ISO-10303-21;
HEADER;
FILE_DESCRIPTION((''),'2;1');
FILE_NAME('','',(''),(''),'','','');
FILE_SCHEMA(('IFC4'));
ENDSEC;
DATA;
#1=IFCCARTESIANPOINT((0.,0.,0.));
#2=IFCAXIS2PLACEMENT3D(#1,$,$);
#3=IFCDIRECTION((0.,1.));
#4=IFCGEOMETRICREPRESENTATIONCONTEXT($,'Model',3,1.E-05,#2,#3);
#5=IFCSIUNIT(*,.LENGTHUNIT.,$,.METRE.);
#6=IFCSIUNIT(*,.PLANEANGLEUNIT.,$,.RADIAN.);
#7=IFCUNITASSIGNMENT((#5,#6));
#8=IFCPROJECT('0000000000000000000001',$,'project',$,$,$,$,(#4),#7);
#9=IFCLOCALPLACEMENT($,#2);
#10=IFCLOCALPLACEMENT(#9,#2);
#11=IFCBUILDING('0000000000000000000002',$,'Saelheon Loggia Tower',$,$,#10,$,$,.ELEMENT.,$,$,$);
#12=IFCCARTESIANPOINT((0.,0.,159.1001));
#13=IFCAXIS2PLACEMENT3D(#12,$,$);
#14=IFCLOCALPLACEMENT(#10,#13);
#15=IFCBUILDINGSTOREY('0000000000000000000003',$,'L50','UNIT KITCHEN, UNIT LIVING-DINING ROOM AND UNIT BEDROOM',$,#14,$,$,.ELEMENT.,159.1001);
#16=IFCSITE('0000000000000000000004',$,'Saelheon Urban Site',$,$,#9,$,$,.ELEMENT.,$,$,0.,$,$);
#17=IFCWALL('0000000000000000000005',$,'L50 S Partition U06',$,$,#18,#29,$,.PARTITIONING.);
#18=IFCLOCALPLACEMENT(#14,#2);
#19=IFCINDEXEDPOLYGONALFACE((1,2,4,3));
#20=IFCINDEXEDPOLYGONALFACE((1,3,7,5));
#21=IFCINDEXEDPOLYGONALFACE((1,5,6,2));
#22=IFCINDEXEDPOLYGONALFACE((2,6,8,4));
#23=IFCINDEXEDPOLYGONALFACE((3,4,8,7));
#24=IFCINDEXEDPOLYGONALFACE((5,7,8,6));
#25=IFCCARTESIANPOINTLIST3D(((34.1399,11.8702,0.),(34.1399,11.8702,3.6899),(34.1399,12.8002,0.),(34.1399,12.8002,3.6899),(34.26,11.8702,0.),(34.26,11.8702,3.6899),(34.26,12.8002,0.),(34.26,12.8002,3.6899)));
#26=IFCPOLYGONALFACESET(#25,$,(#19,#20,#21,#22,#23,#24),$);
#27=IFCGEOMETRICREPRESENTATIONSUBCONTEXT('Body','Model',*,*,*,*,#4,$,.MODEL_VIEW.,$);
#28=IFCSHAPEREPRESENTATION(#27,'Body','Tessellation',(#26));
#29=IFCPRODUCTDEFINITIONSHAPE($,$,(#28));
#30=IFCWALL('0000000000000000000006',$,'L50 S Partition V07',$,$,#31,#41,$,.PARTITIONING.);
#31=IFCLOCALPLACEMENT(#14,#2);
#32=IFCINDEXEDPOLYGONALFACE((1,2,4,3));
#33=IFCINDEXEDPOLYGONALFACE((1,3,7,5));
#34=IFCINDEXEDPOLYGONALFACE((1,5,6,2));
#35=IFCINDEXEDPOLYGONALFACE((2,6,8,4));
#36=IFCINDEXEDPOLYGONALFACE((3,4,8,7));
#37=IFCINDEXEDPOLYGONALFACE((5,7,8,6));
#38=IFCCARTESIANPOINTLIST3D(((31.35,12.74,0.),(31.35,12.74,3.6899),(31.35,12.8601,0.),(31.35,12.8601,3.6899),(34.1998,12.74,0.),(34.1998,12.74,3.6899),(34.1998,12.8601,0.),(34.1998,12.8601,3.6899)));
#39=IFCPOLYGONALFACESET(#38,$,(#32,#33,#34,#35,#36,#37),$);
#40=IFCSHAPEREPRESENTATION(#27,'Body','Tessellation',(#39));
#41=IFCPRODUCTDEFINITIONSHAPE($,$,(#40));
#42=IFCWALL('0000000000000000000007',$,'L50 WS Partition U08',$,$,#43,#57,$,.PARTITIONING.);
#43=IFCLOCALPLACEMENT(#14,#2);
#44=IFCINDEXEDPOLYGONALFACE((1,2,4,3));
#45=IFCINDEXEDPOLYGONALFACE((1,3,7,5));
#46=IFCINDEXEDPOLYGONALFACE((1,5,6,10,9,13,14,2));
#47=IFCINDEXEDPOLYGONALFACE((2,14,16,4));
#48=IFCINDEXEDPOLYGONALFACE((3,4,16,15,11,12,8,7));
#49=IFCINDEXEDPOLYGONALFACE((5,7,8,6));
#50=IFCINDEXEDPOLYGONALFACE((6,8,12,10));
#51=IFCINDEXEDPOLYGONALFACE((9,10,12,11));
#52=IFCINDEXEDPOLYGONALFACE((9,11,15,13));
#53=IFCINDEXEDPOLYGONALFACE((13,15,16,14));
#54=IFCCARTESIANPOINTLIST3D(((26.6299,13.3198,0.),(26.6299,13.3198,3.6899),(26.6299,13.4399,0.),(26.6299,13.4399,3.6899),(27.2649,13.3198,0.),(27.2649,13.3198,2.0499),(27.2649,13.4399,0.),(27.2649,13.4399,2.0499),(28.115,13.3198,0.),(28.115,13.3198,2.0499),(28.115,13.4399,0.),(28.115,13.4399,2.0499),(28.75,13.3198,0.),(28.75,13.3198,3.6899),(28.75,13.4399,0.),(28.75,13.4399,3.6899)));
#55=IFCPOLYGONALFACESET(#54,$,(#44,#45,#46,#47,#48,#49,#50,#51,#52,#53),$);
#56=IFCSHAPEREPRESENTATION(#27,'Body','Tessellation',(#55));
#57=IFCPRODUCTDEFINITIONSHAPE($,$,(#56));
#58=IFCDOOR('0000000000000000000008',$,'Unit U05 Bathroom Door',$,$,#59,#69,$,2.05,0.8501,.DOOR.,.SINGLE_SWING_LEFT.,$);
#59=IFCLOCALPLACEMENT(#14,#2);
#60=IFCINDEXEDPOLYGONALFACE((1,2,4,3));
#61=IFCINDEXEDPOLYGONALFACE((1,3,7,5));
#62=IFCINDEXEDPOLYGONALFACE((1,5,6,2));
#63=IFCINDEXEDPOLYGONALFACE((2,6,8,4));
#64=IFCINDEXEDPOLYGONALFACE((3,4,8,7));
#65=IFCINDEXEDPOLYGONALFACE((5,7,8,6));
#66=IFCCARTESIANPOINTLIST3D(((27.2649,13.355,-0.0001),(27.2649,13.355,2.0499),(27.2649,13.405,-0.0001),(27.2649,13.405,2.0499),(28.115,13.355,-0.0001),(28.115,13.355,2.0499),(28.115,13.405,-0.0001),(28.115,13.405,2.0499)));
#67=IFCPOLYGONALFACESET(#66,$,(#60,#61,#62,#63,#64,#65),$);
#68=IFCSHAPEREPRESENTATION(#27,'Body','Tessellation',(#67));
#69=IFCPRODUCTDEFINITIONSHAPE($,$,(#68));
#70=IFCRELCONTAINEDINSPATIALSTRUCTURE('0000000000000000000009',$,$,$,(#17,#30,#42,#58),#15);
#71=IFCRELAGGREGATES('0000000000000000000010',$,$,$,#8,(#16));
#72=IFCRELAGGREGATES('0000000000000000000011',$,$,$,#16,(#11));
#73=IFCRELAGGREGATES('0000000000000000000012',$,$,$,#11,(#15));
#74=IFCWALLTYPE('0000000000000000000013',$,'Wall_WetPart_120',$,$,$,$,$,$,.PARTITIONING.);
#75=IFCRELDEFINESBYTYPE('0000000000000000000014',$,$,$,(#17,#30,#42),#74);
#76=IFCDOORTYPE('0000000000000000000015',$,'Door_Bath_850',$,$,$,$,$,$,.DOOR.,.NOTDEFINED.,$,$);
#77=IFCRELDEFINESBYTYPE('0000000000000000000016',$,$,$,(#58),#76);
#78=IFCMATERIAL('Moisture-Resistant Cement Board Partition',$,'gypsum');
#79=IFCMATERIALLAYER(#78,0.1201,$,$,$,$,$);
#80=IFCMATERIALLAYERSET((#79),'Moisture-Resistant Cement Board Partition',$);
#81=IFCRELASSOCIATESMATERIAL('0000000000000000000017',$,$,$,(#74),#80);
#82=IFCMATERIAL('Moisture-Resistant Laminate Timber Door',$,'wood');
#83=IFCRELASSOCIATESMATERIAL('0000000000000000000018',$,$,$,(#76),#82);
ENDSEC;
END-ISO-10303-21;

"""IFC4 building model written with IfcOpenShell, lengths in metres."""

from ifc_helpers import new_model, si_unit, direction, frame, frame_2d, origin, place, context, subcontext, project, spatial, rectangle, extrude, source, transform, mapped, material, layer, layer_set, type_object, element, fill, save


model = new_model("IFC4")

# Units and contexts
model_context = context("Model", 3, precision=1e-05, world=origin(), true_north=direction((0.0, 1.0)))
body_context = subcontext(model_context, "Body", "Model", "MODEL_VIEW")
ifc_project = project(units=[si_unit("LENGTHUNIT", "METRE"), si_unit("PLANEANGLEUNIT", "RADIAN")], contexts=[model_context])

# Site, building, storey
site_placement = place(None, origin())
site = spatial("IfcSite", under=ifc_project, at=site_placement, Name="Saelheon Urban Site", CompositionType="ELEMENT", RefElevation=0.0)
building_placement = place(site_placement, origin())
building = spatial("IfcBuilding", under=site, at=building_placement, Name="Saelheon Loggia Tower", CompositionType="ELEMENT")
storey_placement = place(building_placement, frame((0.0, 0.0, 159.1001)))
storey = spatial("IfcBuildingStorey", under=building, at=storey_placement, Name="L50", Description="UNIT KITCHEN, UNIT LIVING-DINING ROOM AND UNIT BEDROOM", CompositionType="ELEMENT", Elevation=159.1001)

# Walls
ifc_material_1 = material(Name="Moisture-Resistant Cement Board Partition", Category="gypsum")
ifc_layer_1 = layer(ifc_material_1, 0.1201)
ifc_layer_set_1 = layer_set([ifc_layer_1], Name="Moisture-Resistant Cement Board Partition")
wall_type_1 = type_object("IfcWallType", Name="Wall_WetPart_120", PredefinedType="PARTITIONING", material=ifc_layer_set_1)
wall_1_placement = place(storey_placement, frame((34.2, 12.8, 0.0), z_axis=(0.0, 0.0, 1.0), x_axis=(0.0, -1.0, 0.0)))
element("IfcWall", 1, at=wall_1_placement, inside=storey, type_object=wall_type_1, Name="L50 S Partition U06", PredefinedType="PARTITIONING", context=body_context, shape_type="SweptSolid", body=[
    extrude(rectangle(XDim=0.9299, YDim=0.1201, at=frame_2d((0.4648, 0.0))), origin(), (0.0, 0.0, 1.0), 3.6899),
])
wall_2_placement = place(storey_placement, frame((31.3501, 12.8, 0.0), z_axis=(0.0, 0.0, 1.0), x_axis=(1.0, 0.0, 0.0)))
element("IfcWall", 2, at=wall_2_placement, inside=storey, type_object=wall_type_1, Name="L50 S Partition V07", PredefinedType="PARTITIONING", context=body_context, shape_type="SweptSolid", body=[
    extrude(rectangle(XDim=2.8499, YDim=0.1201, at=frame_2d((1.4248, 0.0))), origin(), (0.0, 0.0, 1.0), 3.6899),
])

# Wall, opening, door
wall_3_placement = place(storey_placement, frame((28.75, 13.3799, 0.0), z_axis=(0.0, 0.0, 1.0), x_axis=(-1.0, 0.0, 0.0)))
wall_3 = element("IfcWall", 3, at=wall_3_placement, inside=storey, type_object=wall_type_1, Name="L50 WS Partition U08", PredefinedType="PARTITIONING", context=body_context, shape_type="SweptSolid", body=[
    extrude(rectangle(XDim=2.1201, YDim=0.1201, at=frame_2d((1.0601, 0.0))), origin(), (0.0, 0.0, 1.0), 3.6899),
])
opening_1_placement = place(wall_3_placement, frame((0.635, 0.0, 0.0)))
opening_1 = element("IfcOpeningElement", 4, at=opening_1_placement, cuts=wall_3, PredefinedType="OPENING", context=body_context, shape_type="SweptSolid", body=[
    extrude(rectangle(XDim=0.8501, YDim=2.05, at=frame_2d((0.425, 1.0249))), frame((0.0, 0.072, 0.0), z_axis=(0.0, -1.0, 0.0), x_axis=(1.0, 0.0, 0.0)), (0.0, 0.0, 1.0), 0.144),
])
ifc_material_2 = material(Name="Moisture-Resistant Laminate Timber Door", Category="wood")
door_type_1 = type_object("IfcDoorType", Name="Door_Bath_850", OperationType="NOTDEFINED", PredefinedType="DOOR", material=ifc_material_2)
shared_shape_1 = source(origin(), body_context, "Body", "SweptSolid", [
    extrude(rectangle(XDim=0.8501, YDim=2.05, at=frame_2d((0.425, 1.0249))), frame((0.0, 0.0249, 0.0), z_axis=(0.0, -1.0, 0.0), x_axis=(1.0, 0.0, 0.0)), (0.0, 0.0, 1.0), 0.05),
])
door_1_placement = place(opening_1_placement, origin())
door_1 = element("IfcDoor", 5, at=door_1_placement, inside=storey, type_object=door_type_1, Name="Unit U05 Bathroom Door", OperationType="SINGLE_SWING_LEFT", OverallHeight=2.05, OverallWidth=0.8501, PredefinedType="DOOR", context=body_context, shape_type="MappedRepresentation", body=[
    mapped(shared_shape_1, transform((0.0, 0.0, 0.0), scale=1.0)),
])
fill(opening_1, door_1)

save(model, "model.ifc")
